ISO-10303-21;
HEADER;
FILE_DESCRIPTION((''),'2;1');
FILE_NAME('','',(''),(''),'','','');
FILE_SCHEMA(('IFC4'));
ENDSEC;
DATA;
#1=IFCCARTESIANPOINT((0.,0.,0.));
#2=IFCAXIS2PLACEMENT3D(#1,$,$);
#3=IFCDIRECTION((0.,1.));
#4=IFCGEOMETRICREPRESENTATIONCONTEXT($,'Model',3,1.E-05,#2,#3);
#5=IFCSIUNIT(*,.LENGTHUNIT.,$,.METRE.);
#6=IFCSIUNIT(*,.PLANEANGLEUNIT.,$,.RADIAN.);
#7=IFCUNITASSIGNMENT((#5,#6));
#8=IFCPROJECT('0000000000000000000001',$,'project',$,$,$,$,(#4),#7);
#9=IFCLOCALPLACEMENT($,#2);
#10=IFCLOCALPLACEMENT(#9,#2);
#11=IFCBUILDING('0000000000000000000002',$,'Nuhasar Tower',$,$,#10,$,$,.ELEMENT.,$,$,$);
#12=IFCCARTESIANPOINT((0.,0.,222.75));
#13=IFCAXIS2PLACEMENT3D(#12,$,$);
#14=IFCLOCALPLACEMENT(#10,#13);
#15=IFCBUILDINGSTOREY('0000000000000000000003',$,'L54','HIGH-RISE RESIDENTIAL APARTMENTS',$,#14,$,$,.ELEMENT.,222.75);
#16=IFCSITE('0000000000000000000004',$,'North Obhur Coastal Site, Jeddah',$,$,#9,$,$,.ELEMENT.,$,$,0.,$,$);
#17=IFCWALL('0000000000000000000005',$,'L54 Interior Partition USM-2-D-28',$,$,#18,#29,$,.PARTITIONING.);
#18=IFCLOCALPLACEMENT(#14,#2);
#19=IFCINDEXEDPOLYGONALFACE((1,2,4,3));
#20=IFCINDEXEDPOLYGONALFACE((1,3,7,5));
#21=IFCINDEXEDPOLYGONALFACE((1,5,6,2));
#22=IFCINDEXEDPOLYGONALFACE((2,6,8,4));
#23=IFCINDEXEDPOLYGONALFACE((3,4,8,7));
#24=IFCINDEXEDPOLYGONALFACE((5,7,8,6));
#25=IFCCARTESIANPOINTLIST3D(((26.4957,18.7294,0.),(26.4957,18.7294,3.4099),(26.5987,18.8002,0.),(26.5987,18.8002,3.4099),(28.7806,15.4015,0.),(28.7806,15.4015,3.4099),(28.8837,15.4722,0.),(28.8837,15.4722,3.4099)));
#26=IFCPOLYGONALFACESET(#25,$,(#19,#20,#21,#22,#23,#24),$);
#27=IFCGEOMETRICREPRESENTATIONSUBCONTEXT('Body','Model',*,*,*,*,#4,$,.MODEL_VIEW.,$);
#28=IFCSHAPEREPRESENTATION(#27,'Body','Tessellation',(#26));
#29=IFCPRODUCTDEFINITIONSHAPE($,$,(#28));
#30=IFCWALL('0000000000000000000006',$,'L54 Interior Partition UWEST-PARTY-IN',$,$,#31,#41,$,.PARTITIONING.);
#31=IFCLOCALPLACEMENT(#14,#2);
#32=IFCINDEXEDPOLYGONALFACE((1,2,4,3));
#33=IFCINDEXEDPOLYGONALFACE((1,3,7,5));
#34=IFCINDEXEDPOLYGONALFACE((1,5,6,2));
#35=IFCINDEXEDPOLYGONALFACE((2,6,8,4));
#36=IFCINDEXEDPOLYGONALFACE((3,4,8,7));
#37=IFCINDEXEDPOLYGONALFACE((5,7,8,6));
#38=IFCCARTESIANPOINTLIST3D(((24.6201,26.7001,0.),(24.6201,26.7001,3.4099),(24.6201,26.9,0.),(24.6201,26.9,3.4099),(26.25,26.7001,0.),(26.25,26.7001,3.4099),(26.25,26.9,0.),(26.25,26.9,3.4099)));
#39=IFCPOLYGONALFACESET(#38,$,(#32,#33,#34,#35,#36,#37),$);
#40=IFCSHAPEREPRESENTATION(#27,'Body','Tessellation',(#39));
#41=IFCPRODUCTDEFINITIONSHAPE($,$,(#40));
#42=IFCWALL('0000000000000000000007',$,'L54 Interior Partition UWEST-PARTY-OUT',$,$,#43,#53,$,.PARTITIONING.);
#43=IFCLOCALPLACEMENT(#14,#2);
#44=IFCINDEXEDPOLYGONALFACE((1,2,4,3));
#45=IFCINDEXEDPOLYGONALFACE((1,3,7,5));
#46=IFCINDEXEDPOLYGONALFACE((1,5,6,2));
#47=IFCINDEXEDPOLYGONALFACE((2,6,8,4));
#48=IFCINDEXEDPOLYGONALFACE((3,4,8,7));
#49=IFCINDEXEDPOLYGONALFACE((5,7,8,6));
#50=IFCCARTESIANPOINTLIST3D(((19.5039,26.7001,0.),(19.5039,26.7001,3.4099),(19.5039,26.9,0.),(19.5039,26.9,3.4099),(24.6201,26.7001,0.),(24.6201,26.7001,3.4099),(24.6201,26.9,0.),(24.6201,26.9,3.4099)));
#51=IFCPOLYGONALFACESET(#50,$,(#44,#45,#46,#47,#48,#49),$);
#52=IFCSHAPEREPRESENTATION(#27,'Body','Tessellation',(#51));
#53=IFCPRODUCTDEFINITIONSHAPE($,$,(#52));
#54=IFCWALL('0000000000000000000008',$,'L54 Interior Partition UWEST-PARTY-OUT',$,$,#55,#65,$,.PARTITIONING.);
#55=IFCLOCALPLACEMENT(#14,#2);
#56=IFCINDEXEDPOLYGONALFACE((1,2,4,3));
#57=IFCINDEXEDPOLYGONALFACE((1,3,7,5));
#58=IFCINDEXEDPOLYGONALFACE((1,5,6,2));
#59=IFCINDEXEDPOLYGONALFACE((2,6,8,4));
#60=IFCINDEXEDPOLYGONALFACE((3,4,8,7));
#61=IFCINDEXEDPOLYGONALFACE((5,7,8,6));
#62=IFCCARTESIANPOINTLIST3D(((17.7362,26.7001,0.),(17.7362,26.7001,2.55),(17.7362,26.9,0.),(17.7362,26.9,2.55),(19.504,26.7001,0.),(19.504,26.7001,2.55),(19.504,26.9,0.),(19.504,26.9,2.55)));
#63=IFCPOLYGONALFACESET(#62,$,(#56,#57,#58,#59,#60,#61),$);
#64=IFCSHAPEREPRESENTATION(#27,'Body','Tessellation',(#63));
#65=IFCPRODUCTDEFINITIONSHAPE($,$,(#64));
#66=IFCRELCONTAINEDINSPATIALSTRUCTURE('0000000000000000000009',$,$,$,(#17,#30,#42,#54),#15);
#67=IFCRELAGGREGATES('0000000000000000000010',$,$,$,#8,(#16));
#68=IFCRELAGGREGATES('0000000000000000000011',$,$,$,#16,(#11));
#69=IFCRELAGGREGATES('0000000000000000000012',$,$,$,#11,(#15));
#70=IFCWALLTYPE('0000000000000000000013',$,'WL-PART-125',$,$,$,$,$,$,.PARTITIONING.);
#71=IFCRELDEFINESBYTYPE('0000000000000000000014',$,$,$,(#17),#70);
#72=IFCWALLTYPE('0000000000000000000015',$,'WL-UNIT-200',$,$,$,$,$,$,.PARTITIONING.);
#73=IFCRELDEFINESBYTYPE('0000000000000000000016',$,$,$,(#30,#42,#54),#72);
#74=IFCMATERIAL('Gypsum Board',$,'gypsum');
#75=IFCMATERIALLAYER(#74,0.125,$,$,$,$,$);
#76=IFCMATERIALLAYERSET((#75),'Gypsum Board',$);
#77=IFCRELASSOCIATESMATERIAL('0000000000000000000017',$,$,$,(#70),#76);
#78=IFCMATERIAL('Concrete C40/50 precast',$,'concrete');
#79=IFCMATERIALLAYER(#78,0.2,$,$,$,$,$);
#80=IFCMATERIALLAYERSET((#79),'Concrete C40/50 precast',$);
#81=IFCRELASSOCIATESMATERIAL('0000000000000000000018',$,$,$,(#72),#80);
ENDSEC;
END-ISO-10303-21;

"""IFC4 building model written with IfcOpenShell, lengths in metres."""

from ifc_helpers import new_model, si_unit, direction, frame, frame_2d, origin, place, context, subcontext, project, spatial, rectangle, extrude, material, layer, layer_set, type_object, element, save


model = new_model("IFC4")

# Units and contexts
model_context = context("Model", 3, precision=1e-05, world=origin(), true_north=direction((0.0, 1.0)))
body_context = subcontext(model_context, "Body", "Model", "MODEL_VIEW")
ifc_project = project(units=[si_unit("LENGTHUNIT", "METRE"), si_unit("PLANEANGLEUNIT", "RADIAN")], contexts=[model_context])

# Site, building, storey
site_placement = place(None, origin())
site = spatial("IfcSite", under=ifc_project, at=site_placement, Name="North Obhur Coastal Site, Jeddah", CompositionType="ELEMENT", RefElevation=0.0)
building_placement = place(site_placement, origin())
building = spatial("IfcBuilding", under=site, at=building_placement, Name="Nuhasar Tower", CompositionType="ELEMENT")
storey_placement = place(building_placement, frame((0.0, 0.0, 222.75)))
storey = spatial("IfcBuildingStorey", under=building, at=storey_placement, Name="L54", Description="HIGH-RISE RESIDENTIAL APARTMENTS", CompositionType="ELEMENT", Elevation=222.75)

# Shared definitions
ifc_material_1 = material(Name="Gypsum Board", Category="gypsum")

# Shared definitions
ifc_layer_1 = layer(ifc_material_1, 0.125)
ifc_layer_set_1 = layer_set([ifc_layer_1], Name="Gypsum Board")
wall_type_1 = type_object("IfcWallType", Name="WL-PART-125", PredefinedType="PARTITIONING", material=ifc_layer_set_1)

# Walls
wall_1_placement = place(storey_placement, frame((26.5471, 18.7649, 0.0), z_axis=(0.0, 0.0, 1.0), x_axis=(0.566023, -0.824389, 0.0)))
element("IfcWall", 1, at=wall_1_placement, inside=storey, type_object=wall_type_1, Name="L54 Interior Partition USM-2-D-28", PredefinedType="PARTITIONING", context=body_context, shape_type="SweptSolid", body=[
    extrude(rectangle(XDim=4.0369, YDim=0.125, at=frame_2d((2.0186, 0.0))), origin(), (0.0, 0.0, 1.0), 3.4099),
])
ifc_material_2 = material(Name="Concrete C40/50 precast", Category="concrete")
ifc_layer_2 = layer(ifc_material_2, 0.2)
ifc_layer_set_2 = layer_set([ifc_layer_2], Name="Concrete C40/50 precast")
wall_type_2 = type_object("IfcWallType", Name="WL-UNIT-200", PredefinedType="PARTITIONING", material=ifc_layer_set_2)
wall_2_placement = place(storey_placement, frame((26.25, 26.8, 0.0), z_axis=(0.0, 0.0, 1.0), x_axis=(-1.0, 0.0, 0.0)))
element("IfcWall", 2, at=wall_2_placement, inside=storey, type_object=wall_type_2, Name="L54 Interior Partition UWEST-PARTY-IN", PredefinedType="PARTITIONING", context=body_context, shape_type="SweptSolid", body=[
    extrude(rectangle(XDim=1.6299, YDim=0.2, at=frame_2d((0.8149, 0.0))), origin(), (0.0, 0.0, 1.0), 3.4099),
])
wall_3_placement = place(storey_placement, frame((24.6201, 26.8, 0.0), z_axis=(0.0, 0.0, 1.0), x_axis=(-1.0, 0.0, 0.0)))
element("IfcWall", 3, at=wall_3_placement, inside=storey, type_object=wall_type_2, Name="L54 Interior Partition UWEST-PARTY-OUT", PredefinedType="PARTITIONING", context=body_context, shape_type="SweptSolid", body=[
    extrude(rectangle(XDim=5.1162, YDim=0.2, at=frame_2d((2.5581, 0.0))), origin(), (0.0, 0.0, 1.0), 3.4099),
])
wall_4_placement = place(storey_placement, frame((19.5039, 26.8, 0.0), z_axis=(0.0, 0.0, 1.0), x_axis=(-1.0, 0.0, 0.0)))
element("IfcWall", 4, at=wall_4_placement, inside=storey, type_object=wall_type_2, Name="L54 Interior Partition UWEST-PARTY-OUT", PredefinedType="PARTITIONING", context=body_context, shape_type="SweptSolid", body=[
    extrude(rectangle(XDim=1.7678, YDim=0.2, at=frame_2d((0.8838, 0.0))), origin(), (0.0, 0.0, 1.0), 2.55),
])

save(model, "model.ifc")
